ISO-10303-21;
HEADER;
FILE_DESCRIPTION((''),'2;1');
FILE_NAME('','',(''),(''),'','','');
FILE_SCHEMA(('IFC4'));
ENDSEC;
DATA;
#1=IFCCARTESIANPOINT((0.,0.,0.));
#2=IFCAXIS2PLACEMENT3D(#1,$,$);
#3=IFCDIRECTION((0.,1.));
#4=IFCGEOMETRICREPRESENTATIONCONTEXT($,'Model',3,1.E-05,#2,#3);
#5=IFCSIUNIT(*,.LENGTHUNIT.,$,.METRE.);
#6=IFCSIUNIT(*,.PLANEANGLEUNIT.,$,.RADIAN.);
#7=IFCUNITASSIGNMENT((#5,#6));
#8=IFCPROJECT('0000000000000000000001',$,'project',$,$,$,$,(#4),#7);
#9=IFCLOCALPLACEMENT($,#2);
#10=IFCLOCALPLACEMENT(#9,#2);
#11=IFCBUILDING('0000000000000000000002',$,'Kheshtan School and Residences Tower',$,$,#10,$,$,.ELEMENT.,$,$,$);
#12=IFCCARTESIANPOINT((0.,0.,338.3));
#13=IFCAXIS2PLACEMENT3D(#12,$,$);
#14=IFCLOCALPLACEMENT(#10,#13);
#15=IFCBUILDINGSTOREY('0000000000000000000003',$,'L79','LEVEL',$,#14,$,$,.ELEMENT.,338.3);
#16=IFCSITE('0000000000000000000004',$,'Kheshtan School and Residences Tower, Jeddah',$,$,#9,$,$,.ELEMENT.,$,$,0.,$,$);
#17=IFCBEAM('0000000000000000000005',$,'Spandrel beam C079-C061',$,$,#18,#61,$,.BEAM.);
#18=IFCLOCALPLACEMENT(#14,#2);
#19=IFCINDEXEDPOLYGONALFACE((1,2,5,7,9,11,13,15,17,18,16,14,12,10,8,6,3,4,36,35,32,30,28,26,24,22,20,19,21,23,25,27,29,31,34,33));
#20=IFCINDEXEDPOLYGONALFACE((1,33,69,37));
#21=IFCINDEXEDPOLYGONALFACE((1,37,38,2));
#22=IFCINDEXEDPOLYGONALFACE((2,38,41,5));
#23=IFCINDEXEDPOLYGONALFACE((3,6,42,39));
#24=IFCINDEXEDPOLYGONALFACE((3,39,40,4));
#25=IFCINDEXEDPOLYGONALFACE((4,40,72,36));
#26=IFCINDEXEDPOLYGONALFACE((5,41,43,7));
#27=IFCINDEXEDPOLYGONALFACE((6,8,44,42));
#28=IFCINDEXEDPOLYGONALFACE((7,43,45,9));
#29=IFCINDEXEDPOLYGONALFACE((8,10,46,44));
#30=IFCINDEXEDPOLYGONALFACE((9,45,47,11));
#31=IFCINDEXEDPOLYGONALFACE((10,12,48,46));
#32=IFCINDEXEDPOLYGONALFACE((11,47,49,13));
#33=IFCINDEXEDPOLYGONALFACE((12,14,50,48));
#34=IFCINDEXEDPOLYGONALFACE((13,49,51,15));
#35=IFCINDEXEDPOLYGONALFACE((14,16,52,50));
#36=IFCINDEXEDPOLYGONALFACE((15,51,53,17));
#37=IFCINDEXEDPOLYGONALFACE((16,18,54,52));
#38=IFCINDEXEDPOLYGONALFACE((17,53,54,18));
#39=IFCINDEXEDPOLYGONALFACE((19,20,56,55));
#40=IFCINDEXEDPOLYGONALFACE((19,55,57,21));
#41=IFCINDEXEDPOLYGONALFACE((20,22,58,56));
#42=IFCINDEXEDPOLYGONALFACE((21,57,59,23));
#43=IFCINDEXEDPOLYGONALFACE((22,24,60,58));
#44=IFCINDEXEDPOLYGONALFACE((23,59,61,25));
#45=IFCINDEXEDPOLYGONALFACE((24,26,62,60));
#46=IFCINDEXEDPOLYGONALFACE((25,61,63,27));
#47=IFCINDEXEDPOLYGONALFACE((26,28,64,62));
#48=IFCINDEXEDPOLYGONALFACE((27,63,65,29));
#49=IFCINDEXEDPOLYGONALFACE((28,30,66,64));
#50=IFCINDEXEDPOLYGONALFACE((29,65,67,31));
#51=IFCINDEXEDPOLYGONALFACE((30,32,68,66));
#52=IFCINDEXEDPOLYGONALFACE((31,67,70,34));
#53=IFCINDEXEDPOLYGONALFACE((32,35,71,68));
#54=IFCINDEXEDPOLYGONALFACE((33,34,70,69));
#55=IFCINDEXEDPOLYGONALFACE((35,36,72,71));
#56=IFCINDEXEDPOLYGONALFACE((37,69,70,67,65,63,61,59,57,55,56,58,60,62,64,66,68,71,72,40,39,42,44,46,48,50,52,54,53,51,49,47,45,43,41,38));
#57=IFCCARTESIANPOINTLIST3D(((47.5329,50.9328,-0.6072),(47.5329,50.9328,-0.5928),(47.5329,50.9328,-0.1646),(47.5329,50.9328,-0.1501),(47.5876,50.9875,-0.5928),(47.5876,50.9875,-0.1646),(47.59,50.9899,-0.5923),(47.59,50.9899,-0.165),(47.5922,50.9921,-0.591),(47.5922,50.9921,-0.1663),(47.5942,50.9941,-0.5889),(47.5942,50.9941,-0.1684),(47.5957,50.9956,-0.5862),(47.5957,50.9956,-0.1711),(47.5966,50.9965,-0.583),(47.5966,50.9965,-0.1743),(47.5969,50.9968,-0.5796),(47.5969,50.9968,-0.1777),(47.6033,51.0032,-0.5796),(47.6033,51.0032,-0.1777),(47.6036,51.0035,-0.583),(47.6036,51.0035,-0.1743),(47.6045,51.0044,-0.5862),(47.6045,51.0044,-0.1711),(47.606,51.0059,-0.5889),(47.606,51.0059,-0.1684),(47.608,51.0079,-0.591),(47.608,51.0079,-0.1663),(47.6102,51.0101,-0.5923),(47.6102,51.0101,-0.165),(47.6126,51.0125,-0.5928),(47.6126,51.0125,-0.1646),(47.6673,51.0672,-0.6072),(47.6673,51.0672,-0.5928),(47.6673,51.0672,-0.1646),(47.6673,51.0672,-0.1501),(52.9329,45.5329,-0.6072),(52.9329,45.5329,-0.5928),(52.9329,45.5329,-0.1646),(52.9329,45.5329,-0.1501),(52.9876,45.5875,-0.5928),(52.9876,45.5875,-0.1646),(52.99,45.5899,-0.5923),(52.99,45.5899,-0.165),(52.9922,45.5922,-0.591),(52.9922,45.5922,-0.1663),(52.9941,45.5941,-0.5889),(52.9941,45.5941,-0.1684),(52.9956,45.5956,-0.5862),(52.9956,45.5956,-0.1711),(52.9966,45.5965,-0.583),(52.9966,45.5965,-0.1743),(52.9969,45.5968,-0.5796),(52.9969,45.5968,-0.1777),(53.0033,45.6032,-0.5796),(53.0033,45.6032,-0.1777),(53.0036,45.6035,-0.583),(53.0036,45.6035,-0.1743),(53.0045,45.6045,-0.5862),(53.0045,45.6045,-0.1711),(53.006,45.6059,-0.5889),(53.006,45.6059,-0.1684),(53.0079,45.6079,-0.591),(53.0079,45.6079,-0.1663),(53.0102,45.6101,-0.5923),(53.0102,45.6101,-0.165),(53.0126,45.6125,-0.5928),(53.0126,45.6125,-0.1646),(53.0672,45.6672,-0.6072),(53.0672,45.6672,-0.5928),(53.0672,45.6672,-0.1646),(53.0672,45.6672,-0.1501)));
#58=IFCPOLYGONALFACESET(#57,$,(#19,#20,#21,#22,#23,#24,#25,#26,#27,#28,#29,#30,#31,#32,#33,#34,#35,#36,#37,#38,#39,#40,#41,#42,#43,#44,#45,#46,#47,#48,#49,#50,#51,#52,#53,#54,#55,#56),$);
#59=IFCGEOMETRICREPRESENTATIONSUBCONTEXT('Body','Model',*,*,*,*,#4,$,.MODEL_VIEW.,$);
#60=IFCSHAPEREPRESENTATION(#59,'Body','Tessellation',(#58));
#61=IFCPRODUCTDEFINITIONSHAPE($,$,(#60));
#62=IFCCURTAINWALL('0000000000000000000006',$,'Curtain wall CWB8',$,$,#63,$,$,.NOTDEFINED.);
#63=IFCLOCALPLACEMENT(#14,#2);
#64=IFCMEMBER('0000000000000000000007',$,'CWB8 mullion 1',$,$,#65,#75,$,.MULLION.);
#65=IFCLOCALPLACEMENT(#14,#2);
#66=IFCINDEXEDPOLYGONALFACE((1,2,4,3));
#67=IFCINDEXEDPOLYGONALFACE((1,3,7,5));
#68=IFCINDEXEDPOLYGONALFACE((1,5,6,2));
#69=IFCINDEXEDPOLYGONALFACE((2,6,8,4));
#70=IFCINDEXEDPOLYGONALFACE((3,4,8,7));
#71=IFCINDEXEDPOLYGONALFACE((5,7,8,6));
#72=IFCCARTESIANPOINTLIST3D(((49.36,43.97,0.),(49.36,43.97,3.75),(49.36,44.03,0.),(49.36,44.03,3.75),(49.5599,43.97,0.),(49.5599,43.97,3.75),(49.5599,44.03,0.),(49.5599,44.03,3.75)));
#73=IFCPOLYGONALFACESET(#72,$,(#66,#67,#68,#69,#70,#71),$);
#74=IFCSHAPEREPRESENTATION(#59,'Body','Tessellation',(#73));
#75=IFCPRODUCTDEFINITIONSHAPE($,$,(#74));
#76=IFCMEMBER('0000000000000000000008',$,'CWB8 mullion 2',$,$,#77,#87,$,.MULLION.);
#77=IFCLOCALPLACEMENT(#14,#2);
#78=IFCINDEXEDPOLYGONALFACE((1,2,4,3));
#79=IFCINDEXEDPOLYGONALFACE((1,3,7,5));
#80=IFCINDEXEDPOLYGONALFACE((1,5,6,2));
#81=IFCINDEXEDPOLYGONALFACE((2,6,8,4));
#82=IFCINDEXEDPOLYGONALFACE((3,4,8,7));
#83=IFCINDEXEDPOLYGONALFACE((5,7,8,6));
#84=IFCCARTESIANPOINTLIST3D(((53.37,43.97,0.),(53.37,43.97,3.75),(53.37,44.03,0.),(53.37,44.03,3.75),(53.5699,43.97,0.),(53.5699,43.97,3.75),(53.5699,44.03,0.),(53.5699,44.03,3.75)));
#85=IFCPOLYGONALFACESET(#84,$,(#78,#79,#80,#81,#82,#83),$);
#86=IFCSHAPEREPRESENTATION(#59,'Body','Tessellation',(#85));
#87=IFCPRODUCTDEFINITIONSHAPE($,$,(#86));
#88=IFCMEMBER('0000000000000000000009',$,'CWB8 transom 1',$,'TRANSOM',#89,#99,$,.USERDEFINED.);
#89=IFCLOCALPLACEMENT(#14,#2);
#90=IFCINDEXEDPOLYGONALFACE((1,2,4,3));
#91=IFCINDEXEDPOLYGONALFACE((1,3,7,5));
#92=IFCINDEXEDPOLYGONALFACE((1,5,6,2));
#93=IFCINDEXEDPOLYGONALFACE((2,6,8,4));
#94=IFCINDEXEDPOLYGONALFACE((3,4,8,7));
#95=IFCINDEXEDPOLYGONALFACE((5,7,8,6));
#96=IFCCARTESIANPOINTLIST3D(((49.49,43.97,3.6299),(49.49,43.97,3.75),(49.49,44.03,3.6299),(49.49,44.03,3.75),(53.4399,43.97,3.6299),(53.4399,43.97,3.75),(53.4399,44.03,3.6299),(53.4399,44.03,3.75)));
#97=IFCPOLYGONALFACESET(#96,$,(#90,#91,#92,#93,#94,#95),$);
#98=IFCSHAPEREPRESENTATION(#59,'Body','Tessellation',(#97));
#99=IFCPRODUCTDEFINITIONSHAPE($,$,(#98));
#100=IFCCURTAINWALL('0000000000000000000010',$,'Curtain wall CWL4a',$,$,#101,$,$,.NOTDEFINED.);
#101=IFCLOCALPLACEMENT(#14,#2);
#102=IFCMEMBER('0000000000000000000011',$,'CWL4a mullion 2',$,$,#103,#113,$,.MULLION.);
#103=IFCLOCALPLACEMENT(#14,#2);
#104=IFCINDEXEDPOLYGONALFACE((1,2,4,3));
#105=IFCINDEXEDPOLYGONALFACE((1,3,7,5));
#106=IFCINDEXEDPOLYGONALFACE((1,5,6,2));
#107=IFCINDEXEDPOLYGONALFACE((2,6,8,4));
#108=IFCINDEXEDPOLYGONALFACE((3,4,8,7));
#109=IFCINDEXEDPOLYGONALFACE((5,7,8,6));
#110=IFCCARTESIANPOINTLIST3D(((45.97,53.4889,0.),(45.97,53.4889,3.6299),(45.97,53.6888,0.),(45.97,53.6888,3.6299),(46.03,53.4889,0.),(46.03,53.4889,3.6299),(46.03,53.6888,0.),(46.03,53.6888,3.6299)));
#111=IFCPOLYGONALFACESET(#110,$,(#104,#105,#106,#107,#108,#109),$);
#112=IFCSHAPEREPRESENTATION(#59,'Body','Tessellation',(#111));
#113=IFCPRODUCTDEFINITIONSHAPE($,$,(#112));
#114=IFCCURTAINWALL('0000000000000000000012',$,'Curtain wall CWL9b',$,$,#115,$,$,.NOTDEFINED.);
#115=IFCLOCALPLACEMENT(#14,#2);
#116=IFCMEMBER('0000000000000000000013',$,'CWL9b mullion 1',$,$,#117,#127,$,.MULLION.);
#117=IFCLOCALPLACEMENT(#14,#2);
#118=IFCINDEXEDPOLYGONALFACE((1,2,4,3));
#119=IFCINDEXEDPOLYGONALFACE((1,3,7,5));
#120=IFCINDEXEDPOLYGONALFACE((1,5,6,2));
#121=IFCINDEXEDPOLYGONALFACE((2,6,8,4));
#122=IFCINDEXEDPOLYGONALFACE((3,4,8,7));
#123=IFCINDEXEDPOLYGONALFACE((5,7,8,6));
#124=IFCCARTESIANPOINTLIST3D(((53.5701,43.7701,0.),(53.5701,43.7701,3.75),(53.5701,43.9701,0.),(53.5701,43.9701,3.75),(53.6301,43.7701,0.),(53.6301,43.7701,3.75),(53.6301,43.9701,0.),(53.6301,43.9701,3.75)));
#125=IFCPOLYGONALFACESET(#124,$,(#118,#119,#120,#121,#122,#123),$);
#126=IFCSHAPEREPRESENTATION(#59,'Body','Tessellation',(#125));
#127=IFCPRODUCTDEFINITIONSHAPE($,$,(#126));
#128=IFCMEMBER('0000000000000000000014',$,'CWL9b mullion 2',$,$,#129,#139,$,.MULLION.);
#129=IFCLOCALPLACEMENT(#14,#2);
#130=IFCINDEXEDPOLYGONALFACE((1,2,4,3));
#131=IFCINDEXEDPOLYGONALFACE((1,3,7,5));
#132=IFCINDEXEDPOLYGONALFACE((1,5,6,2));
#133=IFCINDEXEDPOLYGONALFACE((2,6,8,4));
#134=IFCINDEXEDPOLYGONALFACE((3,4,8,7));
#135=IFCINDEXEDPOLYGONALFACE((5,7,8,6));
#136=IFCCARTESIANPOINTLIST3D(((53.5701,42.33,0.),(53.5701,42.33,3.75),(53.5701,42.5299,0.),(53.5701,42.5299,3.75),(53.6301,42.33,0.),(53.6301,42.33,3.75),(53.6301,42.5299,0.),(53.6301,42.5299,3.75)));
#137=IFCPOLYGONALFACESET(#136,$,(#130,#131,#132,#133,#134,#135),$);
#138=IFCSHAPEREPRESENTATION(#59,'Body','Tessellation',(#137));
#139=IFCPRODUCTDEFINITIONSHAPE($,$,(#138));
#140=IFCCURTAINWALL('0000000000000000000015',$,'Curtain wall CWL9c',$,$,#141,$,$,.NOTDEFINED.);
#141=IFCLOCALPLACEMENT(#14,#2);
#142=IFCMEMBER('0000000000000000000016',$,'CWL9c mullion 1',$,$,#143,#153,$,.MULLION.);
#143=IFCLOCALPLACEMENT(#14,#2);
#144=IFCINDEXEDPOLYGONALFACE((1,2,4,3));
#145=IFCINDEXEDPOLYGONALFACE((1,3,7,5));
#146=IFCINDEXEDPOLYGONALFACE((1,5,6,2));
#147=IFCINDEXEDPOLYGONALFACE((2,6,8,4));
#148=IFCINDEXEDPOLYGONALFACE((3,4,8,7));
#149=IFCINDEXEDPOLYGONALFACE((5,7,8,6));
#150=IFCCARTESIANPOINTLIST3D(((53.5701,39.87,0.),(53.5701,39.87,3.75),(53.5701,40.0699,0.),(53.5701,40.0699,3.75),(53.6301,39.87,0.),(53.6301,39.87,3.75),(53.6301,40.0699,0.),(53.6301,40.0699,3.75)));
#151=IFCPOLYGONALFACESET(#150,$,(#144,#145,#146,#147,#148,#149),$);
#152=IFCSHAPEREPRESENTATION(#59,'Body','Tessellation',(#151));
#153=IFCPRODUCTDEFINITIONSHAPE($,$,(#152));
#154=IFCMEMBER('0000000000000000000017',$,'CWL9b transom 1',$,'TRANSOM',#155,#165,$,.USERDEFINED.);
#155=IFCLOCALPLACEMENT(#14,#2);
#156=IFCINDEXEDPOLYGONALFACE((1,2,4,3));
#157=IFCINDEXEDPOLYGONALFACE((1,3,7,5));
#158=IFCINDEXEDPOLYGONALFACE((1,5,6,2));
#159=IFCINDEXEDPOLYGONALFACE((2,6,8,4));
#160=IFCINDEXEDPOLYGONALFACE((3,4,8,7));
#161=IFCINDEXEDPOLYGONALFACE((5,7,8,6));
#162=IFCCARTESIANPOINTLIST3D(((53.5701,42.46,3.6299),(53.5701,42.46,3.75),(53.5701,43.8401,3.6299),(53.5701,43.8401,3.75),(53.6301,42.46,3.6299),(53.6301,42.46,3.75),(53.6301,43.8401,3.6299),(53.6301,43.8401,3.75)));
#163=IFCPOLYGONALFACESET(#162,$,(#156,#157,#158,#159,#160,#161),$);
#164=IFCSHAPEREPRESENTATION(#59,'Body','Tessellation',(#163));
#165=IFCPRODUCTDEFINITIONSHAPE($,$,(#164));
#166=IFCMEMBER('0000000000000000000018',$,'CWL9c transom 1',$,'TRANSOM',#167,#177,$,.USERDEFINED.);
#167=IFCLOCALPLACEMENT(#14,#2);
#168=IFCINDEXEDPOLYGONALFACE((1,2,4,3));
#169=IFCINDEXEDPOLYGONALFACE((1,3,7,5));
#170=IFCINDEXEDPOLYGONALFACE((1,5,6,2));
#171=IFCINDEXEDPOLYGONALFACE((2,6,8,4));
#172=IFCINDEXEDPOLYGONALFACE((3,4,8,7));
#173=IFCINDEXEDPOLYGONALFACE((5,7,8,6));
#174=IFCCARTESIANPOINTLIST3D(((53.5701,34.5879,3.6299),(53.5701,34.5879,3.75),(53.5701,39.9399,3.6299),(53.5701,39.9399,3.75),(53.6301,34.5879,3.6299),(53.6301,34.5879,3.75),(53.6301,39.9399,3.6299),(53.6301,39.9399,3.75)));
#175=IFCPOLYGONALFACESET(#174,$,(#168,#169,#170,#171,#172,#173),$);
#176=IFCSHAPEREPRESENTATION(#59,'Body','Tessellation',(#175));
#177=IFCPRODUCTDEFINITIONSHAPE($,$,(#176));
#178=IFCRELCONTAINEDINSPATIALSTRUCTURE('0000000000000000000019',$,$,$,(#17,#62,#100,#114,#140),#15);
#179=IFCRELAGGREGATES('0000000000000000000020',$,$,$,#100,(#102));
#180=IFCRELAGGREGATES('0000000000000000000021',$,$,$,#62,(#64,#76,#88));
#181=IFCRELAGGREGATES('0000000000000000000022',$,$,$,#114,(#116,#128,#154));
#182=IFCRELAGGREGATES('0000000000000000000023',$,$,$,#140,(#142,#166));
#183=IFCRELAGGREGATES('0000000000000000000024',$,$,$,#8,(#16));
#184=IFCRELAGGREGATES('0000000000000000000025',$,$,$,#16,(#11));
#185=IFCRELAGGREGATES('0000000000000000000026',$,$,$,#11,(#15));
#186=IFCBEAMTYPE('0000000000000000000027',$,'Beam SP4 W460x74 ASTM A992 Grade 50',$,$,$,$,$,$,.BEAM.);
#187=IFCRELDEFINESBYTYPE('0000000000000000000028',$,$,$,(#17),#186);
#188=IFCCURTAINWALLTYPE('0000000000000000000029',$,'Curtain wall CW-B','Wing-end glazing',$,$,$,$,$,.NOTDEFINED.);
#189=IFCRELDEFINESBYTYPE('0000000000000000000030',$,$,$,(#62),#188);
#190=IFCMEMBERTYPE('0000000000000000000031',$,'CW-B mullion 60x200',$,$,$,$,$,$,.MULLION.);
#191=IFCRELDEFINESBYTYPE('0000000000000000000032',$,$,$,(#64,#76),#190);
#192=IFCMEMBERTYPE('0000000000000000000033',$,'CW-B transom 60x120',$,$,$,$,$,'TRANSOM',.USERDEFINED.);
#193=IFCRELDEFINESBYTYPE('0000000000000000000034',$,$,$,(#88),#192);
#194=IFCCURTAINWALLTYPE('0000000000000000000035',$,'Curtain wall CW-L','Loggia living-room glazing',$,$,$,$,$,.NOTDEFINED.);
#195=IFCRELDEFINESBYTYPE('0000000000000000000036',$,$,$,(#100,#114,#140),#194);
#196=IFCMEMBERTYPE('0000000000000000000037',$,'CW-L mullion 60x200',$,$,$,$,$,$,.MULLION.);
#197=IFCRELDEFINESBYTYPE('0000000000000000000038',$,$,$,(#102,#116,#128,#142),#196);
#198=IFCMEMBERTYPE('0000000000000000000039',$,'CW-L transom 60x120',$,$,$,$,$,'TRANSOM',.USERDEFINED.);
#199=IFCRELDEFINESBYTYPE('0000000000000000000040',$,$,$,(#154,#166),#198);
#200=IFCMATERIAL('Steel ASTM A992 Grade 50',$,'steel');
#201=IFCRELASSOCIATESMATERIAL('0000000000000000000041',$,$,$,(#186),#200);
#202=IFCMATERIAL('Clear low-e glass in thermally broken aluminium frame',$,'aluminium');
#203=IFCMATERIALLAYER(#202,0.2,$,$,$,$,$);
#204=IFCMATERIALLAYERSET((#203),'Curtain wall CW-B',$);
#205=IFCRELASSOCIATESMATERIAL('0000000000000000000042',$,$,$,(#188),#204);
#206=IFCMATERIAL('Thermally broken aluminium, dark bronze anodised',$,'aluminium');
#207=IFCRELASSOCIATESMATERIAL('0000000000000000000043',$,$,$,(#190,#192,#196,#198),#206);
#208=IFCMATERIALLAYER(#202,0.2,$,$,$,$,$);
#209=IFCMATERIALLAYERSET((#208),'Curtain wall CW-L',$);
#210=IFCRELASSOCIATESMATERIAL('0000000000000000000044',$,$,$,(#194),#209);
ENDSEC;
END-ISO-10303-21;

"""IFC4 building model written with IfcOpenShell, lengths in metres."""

from ifc_helpers import new_model, si_unit, direction, frame, origin, origin_2d, place, context, subcontext, project, spatial, rectangle, i_section, extrude, material, layer, layer_set, material_profile, profile_set, type_object, element, aggregate, save


model = new_model("IFC4")

# Units and contexts
model_context = context("Model", 3, precision=1e-05, world=origin(), true_north=direction((0.0, 1.0)))
body_context = subcontext(model_context, "Body", "Model", "MODEL_VIEW")
ifc_project = project(units=[si_unit("LENGTHUNIT", "METRE"), si_unit("PLANEANGLEUNIT", "RADIAN")], contexts=[model_context])

# Site, building, storey
site_placement = place(None, origin())
site = spatial("IfcSite", under=ifc_project, at=site_placement, Name="Kheshtan School and Residences Tower, Jeddah", CompositionType="ELEMENT", RefElevation=0.0)
building_placement = place(site_placement, origin())
building = spatial("IfcBuilding", under=site, at=building_placement, Name="Kheshtan School and Residences Tower", CompositionType="ELEMENT")
storey_placement = place(building_placement, frame((0.0, 0.0, 338.3)))
storey = spatial("IfcBuildingStorey", under=building, at=storey_placement, Name="L79", Description="LEVEL", CompositionType="ELEMENT", Elevation=338.3)

# Shared definitions
ifc_material_1 = material(Name="Steel ASTM A992 Grade 50", Category="steel")

# Beam
ifc_material_profile_1 = material_profile(ifc_material_1, i_section(OverallWidth=0.1899, OverallDepth=0.457, WebThickness=0.009, FlangeThickness=0.0144, FilletRadius=0.0132, at=origin_2d()), Name="W460x74")
ifc_profile_set_1 = profile_set([ifc_material_profile_1], Name="Steel ASTM A992 Grade 50")
beam_type_1 = type_object("IfcBeamType", Name="Beam SP4 W460x74 ASTM A992 Grade 50", PredefinedType="BEAM", material=ifc_profile_set_1)
beam_1_placement = place(storey_placement, frame((47.6001, 51.0, -0.3787), z_axis=(0.707107, -0.707107, 0.0), x_axis=(0.707107, 0.707107, 0.0)))
element("IfcBeam", 1, at=beam_1_placement, inside=storey, type_object=beam_type_1, Name="Spandrel beam C079-C061", PredefinedType="BEAM", context=body_context, shape_type="SweptSolid", body=[
    extrude(i_section(OverallWidth=0.1899, OverallDepth=0.457, WebThickness=0.009, FlangeThickness=0.0144, FilletRadius=0.0132, at=origin_2d()), origin(), (0.0, 0.0, 1.0), 7.6367),
])

# Curtain wall, members
ifc_material_2 = material(Name="Clear low-e glass in thermally broken aluminium frame", Category="aluminium")
ifc_layer_1 = layer(ifc_material_2, 0.2)
ifc_layer_set_1 = layer_set([ifc_layer_1], Name="Curtain wall CW-B")
curtain_wall_type_1 = type_object("IfcCurtainWallType", Name="Curtain wall CW-B", Description="Wing-end glazing", PredefinedType="NOTDEFINED", material=ifc_layer_set_1)
curtain_wall_1_placement = place(storey_placement, origin())
curtain_wall_1 = element("IfcCurtainWall", 2, at=curtain_wall_1_placement, inside=storey, type_object=curtain_wall_type_1, Name="Curtain wall CWB8", PredefinedType="NOTDEFINED")
ifc_material_3 = material(Name="Thermally broken aluminium, dark bronze anodised", Category="aluminium")
ifc_material_profile_2 = material_profile(ifc_material_3, rectangle(XDim=0.0601, YDim=0.2, at=origin_2d()), Name="CW-B mullion 60x200")
ifc_profile_set_2 = profile_set([ifc_material_profile_2], Name="Thermally broken aluminium, dark bronze anodised")
member_type_1 = type_object("IfcMemberType", Name="CW-B mullion 60x200", PredefinedType="MULLION", material=ifc_profile_set_2)
member_1_placement = place(storey_placement, frame((49.46, 44.0, 0.0), z_axis=(0.0, 0.0, 1.0), x_axis=(0.0, 1.0, 0.0)))
member_1 = element("IfcMember", 3, at=member_1_placement, type_object=member_type_1, Name="CWB8 mullion 1", PredefinedType="MULLION", context=body_context, shape_type="SweptSolid", body=[
    extrude(rectangle(XDim=0.0601, YDim=0.2, at=origin_2d()), origin(), (0.0, 0.0, 1.0), 3.75),
])
member_2_placement = place(storey_placement, frame((53.47, 44.0, 0.0), z_axis=(0.0, 0.0, 1.0), x_axis=(0.0, 1.0, 0.0)))
member_2 = element("IfcMember", 4, at=member_2_placement, type_object=member_type_1, Name="CWB8 mullion 2", PredefinedType="MULLION", context=body_context, shape_type="SweptSolid", body=[
    extrude(rectangle(XDim=0.0601, YDim=0.2, at=origin_2d()), origin(), (0.0, 0.0, 1.0), 3.75),
])
ifc_material_profile_3 = material_profile(ifc_material_3, rectangle(XDim=0.0601, YDim=0.1201, at=origin_2d()), Name="CW-B transom 60x120")
ifc_profile_set_3 = profile_set([ifc_material_profile_3], Name="Thermally broken aluminium, dark bronze anodised")
member_type_2 = type_object("IfcMemberType", Name="CW-B transom 60x120", ElementType="TRANSOM", PredefinedType="USERDEFINED", material=ifc_profile_set_3)
member_3_placement = place(storey_placement, frame((49.49, 44.0, 3.6899), z_axis=(1.0, 0.0, 0.0), x_axis=(0.0, 1.0, 0.0)))
member_3 = element("IfcMember", 5, at=member_3_placement, type_object=member_type_2, Name="CWB8 transom 1", ObjectType="TRANSOM", PredefinedType="USERDEFINED", context=body_context, shape_type="SweptSolid", body=[
    extrude(rectangle(XDim=0.0601, YDim=0.1201, at=origin_2d()), origin(), (0.0, 0.0, 1.0), 3.95),
])

# Curtain wall, member
ifc_layer_2 = layer(ifc_material_2, 0.2)
ifc_layer_set_2 = layer_set([ifc_layer_2], Name="Curtain wall CW-L")
curtain_wall_type_2 = type_object("IfcCurtainWallType", Name="Curtain wall CW-L", Description="Loggia living-room glazing", PredefinedType="NOTDEFINED", material=ifc_layer_set_2)
curtain_wall_2_placement = place(storey_placement, origin())
curtain_wall_2 = element("IfcCurtainWall", 6, at=curtain_wall_2_placement, inside=storey, type_object=curtain_wall_type_2, Name="Curtain wall CWL4a", PredefinedType="NOTDEFINED")
ifc_material_profile_4 = material_profile(ifc_material_3, rectangle(XDim=0.0601, YDim=0.2, at=origin_2d()), Name="CW-L mullion 60x200")
ifc_profile_set_4 = profile_set([ifc_material_profile_4], Name="Thermally broken aluminium, dark bronze anodised")
member_type_3 = type_object("IfcMemberType", Name="CW-L mullion 60x200", PredefinedType="MULLION", material=ifc_profile_set_4)
member_4_placement = place(storey_placement, frame((46.0, 53.5889, 0.0), z_axis=(0.0, 0.0, 1.0), x_axis=(1.0, 0.0, 0.0)))
member_4 = element("IfcMember", 7, at=member_4_placement, type_object=member_type_3, Name="CWL4a mullion 2", PredefinedType="MULLION", context=body_context, shape_type="SweptSolid", body=[
    extrude(rectangle(XDim=0.0601, YDim=0.2, at=origin_2d()), origin(), (0.0, 0.0, 1.0), 3.6299),
])
aggregate(curtain_wall_2, [member_4])

# Curtain wall, members
curtain_wall_3_placement = place(storey_placement, origin())
curtain_wall_3 = element("IfcCurtainWall", 8, at=curtain_wall_3_placement, inside=storey, type_object=curtain_wall_type_2, Name="Curtain wall CWL9b", PredefinedType="NOTDEFINED")
member_5_placement = place(storey_placement, frame((53.6001, 43.8701, 0.0), z_axis=(0.0, 0.0, 1.0), x_axis=(1.0, 0.0, 0.0)))
member_5 = element("IfcMember", 9, at=member_5_placement, type_object=member_type_3, Name="CWL9b mullion 1", PredefinedType="MULLION", context=body_context, shape_type="SweptSolid", body=[
    extrude(rectangle(XDim=0.0601, YDim=0.2, at=origin_2d()), origin(), (0.0, 0.0, 1.0), 3.75),
])
member_6_placement = place(storey_placement, frame((53.6001, 42.4299, 0.0), z_axis=(0.0, 0.0, 1.0), x_axis=(1.0, 0.0, 0.0)))
member_6 = element("IfcMember", 10, at=member_6_placement, type_object=member_type_3, Name="CWL9b mullion 2", PredefinedType="MULLION", context=body_context, shape_type="SweptSolid", body=[
    extrude(rectangle(XDim=0.0601, YDim=0.2, at=origin_2d()), origin(), (0.0, 0.0, 1.0), 3.75),
])

# Curtain wall, member
curtain_wall_4_placement = place(storey_placement, origin())
curtain_wall_4 = element("IfcCurtainWall", 11, at=curtain_wall_4_placement, inside=storey, type_object=curtain_wall_type_2, Name="Curtain wall CWL9c", PredefinedType="NOTDEFINED")
member_7_placement = place(storey_placement, frame((53.6001, 39.97, 0.0), z_axis=(0.0, 0.0, 1.0), x_axis=(1.0, 0.0, 0.0)))
member_7 = element("IfcMember", 12, at=member_7_placement, type_object=member_type_3, Name="CWL9c mullion 1", PredefinedType="MULLION", context=body_context, shape_type="SweptSolid", body=[
    extrude(rectangle(XDim=0.0601, YDim=0.2, at=origin_2d()), origin(), (0.0, 0.0, 1.0), 3.75),
])

# Members
ifc_material_profile_5 = material_profile(ifc_material_3, rectangle(XDim=0.0601, YDim=0.1201, at=origin_2d()), Name="CW-L transom 60x120")
ifc_profile_set_5 = profile_set([ifc_material_profile_5], Name="Thermally broken aluminium, dark bronze anodised")
member_type_4 = type_object("IfcMemberType", Name="CW-L transom 60x120", ElementType="TRANSOM", PredefinedType="USERDEFINED", material=ifc_profile_set_5)
member_8_placement = place(storey_placement, frame((53.6001, 43.8401, 3.6899), z_axis=(0.0, -1.0, 0.0), x_axis=(1.0, 0.0, 0.0)))
member_8 = element("IfcMember", 13, at=member_8_placement, type_object=member_type_4, Name="CWL9b transom 1", ObjectType="TRANSOM", PredefinedType="USERDEFINED", context=body_context, shape_type="SweptSolid", body=[
    extrude(rectangle(XDim=0.0601, YDim=0.1201, at=origin_2d()), origin(), (0.0, 0.0, 1.0), 1.3801),
])
member_9_placement = place(storey_placement, frame((53.6001, 39.9399, 3.6899), z_axis=(0.0, -1.0, 0.0), x_axis=(1.0, 0.0, 0.0)))
member_9 = element("IfcMember", 14, at=member_9_placement, type_object=member_type_4, Name="CWL9c transom 1", ObjectType="TRANSOM", PredefinedType="USERDEFINED", context=body_context, shape_type="SweptSolid", body=[
    extrude(rectangle(XDim=0.0601, YDim=0.1201, at=origin_2d()), origin(), (0.0, 0.0, 1.0), 5.3521),
])

aggregate(curtain_wall_1, [member_1, member_2, member_3])
aggregate(curtain_wall_3, [member_5, member_6, member_8])
aggregate(curtain_wall_4, [member_7, member_9])

save(model, "model.ifc")
